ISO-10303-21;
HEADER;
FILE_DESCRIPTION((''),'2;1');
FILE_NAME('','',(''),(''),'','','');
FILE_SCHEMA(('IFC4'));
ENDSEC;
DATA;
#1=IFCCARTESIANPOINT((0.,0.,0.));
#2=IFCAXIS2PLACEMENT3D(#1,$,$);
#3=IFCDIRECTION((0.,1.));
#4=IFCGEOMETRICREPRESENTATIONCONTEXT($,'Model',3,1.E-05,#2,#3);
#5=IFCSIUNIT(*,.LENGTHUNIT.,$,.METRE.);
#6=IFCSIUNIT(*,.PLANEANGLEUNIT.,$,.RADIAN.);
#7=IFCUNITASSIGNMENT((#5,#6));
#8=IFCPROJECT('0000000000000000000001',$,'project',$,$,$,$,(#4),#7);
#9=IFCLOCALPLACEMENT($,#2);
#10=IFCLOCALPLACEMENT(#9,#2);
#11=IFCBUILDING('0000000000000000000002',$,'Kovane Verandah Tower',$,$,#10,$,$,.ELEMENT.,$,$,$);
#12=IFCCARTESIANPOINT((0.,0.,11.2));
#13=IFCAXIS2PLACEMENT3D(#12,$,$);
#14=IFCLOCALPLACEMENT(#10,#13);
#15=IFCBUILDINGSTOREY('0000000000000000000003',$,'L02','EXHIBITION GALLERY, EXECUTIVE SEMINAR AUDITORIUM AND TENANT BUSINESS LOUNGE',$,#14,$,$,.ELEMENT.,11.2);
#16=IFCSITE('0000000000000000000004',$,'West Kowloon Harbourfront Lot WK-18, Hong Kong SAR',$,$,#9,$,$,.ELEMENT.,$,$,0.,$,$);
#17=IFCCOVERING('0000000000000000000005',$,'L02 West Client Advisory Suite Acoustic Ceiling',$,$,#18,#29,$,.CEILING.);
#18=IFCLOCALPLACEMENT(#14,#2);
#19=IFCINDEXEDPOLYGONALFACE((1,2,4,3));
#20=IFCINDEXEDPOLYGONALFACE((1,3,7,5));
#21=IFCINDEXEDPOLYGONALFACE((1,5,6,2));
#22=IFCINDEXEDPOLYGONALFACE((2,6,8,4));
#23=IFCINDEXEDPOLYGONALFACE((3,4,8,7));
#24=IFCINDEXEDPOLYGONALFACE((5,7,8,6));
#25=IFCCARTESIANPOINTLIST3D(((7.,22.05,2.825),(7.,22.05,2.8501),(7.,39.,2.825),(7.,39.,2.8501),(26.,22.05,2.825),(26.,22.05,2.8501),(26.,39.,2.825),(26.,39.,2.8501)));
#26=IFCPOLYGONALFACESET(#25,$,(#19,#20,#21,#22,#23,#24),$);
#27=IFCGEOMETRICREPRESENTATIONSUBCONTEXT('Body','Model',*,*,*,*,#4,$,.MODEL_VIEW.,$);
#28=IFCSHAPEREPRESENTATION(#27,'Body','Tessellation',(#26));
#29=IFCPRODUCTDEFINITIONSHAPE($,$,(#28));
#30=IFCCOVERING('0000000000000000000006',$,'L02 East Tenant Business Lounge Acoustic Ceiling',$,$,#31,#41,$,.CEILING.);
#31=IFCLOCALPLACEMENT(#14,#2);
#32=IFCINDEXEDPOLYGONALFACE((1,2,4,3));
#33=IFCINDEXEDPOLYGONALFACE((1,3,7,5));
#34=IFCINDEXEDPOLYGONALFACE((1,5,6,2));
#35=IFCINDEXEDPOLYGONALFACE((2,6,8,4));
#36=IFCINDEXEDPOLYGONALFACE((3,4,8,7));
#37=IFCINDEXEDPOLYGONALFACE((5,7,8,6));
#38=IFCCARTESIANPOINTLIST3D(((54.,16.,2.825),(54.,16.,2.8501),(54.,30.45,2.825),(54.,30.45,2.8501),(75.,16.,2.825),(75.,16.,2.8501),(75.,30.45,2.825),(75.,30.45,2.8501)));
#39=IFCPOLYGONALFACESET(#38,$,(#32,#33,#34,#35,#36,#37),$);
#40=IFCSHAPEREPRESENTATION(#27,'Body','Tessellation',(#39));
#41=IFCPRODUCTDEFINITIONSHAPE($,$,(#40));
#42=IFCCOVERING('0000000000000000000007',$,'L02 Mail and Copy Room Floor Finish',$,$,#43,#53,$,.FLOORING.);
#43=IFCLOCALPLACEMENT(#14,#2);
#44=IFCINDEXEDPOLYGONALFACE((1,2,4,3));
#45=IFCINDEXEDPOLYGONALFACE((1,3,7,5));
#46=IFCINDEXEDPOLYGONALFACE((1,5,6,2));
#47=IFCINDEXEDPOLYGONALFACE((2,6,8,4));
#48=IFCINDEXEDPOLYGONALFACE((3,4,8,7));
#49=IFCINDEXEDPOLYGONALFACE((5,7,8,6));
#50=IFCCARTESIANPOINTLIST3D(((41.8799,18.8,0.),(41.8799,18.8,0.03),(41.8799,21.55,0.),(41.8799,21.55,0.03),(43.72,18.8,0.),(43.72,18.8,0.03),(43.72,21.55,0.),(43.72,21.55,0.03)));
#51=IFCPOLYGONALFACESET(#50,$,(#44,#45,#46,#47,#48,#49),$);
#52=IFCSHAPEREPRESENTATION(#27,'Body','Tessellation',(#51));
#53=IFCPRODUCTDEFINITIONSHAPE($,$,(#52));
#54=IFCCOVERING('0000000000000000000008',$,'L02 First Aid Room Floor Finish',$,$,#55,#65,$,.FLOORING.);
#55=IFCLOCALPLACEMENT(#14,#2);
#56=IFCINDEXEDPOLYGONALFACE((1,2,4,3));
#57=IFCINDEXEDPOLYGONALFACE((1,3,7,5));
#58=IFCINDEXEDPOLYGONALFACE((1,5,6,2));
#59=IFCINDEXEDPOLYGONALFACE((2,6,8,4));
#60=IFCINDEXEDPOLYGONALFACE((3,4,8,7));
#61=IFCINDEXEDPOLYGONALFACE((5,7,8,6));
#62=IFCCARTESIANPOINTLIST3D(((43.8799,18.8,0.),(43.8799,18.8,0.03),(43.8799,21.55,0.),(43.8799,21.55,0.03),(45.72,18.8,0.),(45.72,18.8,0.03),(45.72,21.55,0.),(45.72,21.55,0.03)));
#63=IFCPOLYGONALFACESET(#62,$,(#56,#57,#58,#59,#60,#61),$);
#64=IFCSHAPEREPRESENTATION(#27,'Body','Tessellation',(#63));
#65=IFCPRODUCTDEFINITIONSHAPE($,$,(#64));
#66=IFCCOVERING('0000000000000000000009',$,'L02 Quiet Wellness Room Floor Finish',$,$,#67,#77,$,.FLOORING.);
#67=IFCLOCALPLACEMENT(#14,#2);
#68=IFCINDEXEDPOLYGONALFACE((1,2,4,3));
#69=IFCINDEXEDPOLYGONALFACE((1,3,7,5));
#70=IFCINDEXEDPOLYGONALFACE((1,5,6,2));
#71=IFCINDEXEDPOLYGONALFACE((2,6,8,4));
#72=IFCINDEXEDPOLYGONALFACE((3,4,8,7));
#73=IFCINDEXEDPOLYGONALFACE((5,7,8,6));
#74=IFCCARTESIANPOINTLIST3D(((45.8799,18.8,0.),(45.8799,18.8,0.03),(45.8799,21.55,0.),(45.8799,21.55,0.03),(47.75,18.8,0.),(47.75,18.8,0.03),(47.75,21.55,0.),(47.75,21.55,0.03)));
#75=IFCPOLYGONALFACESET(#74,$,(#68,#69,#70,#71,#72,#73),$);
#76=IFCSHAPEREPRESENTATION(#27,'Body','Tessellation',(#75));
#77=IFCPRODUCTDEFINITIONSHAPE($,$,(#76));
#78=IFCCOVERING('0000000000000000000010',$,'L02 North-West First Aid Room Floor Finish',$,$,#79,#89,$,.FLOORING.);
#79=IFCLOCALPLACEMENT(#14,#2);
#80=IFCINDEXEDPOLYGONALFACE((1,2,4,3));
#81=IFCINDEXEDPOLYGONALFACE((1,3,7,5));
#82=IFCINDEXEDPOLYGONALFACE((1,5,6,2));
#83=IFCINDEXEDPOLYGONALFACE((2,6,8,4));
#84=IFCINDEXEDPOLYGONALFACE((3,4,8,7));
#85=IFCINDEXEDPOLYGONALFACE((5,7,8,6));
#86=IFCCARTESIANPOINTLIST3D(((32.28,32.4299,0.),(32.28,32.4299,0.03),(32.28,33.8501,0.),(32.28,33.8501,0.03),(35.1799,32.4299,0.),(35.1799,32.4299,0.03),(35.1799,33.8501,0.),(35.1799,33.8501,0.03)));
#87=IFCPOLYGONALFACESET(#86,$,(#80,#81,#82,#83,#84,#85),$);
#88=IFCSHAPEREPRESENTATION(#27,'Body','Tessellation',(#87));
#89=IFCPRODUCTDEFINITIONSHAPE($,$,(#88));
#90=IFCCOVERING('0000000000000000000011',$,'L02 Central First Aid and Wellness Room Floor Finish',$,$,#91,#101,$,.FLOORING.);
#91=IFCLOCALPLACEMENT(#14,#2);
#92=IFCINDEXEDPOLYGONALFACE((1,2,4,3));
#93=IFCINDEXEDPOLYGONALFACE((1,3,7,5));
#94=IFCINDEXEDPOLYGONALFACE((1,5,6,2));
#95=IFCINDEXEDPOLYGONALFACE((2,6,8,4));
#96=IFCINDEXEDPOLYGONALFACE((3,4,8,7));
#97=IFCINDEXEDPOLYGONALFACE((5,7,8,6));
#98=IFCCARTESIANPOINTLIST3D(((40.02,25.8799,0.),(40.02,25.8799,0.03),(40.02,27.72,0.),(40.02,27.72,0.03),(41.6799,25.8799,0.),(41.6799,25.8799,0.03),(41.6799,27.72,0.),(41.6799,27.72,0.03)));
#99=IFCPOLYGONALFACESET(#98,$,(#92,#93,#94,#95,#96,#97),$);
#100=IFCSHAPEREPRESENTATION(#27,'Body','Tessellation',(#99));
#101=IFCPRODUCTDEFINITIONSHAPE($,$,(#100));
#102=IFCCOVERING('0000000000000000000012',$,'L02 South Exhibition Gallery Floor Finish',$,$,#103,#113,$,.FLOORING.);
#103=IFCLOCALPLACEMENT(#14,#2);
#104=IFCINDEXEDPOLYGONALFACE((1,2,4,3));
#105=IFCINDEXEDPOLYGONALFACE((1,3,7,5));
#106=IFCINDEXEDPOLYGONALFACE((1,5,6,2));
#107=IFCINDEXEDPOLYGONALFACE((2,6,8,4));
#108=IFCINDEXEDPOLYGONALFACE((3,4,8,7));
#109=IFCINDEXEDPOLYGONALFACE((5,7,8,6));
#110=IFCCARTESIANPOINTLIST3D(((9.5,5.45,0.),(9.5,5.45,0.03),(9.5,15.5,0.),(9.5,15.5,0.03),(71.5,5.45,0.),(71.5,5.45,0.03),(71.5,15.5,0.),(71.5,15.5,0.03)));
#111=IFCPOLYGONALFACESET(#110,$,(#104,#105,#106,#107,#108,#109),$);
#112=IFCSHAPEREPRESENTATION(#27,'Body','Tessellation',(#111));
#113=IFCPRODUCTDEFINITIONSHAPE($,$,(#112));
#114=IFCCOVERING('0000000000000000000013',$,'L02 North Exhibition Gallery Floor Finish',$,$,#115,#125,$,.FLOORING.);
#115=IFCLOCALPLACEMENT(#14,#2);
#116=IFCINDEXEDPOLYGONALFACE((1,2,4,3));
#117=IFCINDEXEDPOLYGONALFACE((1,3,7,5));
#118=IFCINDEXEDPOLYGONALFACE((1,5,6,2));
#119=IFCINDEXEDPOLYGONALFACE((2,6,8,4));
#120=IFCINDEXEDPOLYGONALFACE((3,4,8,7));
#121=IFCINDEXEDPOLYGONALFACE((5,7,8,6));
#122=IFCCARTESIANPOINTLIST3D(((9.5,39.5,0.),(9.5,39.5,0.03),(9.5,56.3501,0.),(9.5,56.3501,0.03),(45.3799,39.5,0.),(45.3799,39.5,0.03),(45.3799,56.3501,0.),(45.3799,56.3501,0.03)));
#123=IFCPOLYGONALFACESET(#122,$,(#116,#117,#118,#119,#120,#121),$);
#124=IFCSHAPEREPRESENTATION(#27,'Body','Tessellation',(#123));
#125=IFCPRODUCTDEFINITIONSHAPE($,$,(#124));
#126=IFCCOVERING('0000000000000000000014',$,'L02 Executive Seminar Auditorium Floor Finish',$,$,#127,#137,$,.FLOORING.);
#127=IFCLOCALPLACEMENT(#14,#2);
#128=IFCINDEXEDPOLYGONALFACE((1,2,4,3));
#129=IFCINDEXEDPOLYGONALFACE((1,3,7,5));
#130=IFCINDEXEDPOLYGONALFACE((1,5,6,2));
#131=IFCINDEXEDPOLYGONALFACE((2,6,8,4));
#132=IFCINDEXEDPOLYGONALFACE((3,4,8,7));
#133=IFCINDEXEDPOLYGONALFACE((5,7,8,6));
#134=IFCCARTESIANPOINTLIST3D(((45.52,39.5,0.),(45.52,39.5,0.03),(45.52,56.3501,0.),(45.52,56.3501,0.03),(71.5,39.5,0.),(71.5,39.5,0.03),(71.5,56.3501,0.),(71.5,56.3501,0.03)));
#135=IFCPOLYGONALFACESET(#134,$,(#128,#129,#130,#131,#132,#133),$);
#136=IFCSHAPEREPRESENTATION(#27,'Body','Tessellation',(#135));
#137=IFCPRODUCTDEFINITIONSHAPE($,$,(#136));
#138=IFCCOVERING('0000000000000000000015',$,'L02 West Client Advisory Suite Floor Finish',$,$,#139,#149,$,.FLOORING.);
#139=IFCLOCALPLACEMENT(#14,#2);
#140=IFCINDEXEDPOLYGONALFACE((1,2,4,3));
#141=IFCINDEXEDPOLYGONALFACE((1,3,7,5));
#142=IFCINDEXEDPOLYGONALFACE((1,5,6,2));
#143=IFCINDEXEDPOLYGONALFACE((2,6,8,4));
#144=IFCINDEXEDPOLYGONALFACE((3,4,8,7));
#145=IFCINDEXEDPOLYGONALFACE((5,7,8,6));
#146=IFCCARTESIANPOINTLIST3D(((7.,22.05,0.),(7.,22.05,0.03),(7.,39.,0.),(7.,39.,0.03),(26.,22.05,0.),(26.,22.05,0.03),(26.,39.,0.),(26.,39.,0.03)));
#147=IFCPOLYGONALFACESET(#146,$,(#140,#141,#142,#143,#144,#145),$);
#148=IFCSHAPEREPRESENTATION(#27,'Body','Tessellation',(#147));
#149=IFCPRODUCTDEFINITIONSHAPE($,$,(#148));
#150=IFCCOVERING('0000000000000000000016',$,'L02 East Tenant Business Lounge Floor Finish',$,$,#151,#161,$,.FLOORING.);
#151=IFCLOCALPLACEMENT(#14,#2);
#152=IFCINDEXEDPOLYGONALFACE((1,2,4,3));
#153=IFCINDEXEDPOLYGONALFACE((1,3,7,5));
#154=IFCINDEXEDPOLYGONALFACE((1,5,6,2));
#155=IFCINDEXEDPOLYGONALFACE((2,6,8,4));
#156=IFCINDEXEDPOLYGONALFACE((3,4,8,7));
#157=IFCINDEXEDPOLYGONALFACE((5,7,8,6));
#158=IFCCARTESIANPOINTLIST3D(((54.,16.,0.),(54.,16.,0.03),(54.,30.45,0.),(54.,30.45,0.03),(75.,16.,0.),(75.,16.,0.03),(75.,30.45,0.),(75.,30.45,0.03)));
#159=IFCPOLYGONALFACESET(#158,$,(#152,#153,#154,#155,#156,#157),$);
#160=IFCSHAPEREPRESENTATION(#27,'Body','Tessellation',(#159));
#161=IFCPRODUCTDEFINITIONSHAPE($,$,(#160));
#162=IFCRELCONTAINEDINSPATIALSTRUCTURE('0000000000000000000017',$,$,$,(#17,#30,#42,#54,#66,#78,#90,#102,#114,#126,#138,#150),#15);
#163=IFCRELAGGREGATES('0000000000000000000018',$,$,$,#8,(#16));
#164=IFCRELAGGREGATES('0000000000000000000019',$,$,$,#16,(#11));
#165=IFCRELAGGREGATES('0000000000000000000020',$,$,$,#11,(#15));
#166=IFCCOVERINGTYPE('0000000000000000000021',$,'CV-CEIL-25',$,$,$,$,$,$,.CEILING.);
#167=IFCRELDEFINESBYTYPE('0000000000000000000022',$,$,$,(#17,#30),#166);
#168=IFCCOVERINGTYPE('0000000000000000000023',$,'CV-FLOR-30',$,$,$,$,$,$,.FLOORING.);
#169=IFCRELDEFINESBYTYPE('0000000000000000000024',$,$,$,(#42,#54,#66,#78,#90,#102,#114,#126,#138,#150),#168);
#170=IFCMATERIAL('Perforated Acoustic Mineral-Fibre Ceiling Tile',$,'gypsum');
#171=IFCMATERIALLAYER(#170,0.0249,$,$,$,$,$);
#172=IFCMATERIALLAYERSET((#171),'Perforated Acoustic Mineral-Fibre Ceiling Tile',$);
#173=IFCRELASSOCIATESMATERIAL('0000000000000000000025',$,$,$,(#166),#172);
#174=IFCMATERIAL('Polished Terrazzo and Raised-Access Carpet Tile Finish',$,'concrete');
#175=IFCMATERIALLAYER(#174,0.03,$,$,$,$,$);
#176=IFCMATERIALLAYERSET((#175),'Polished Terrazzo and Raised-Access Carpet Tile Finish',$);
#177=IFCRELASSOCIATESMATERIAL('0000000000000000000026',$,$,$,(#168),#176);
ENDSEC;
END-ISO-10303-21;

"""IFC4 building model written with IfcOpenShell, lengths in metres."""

from ifc_helpers import new_model, si_unit, direction, frame, origin, place, context, subcontext, project, spatial, polyline, outline, extrude, material, layer, layer_set, type_object, element, save


model = new_model("IFC4")

# Units and contexts
model_context = context("Model", 3, precision=1e-05, world=origin(), true_north=direction((0.0, 1.0)))
body_context = subcontext(model_context, "Body", "Model", "MODEL_VIEW")
ifc_project = project(units=[si_unit("LENGTHUNIT", "METRE"), si_unit("PLANEANGLEUNIT", "RADIAN")], contexts=[model_context])

# Site, building, storey
site_placement = place(None, origin())
site = spatial("IfcSite", under=ifc_project, at=site_placement, Name="West Kowloon Harbourfront Lot WK-18, Hong Kong SAR", CompositionType="ELEMENT", RefElevation=0.0)
building_placement = place(site_placement, origin())
building = spatial("IfcBuilding", under=site, at=building_placement, Name="Kovane Verandah Tower", CompositionType="ELEMENT")
storey_placement = place(building_placement, frame((0.0, 0.0, 11.2)))
storey = spatial("IfcBuildingStorey", under=building, at=storey_placement, Name="L02", Description="EXHIBITION GALLERY, EXECUTIVE SEMINAR AUDITORIUM AND TENANT BUSINESS LOUNGE", CompositionType="ELEMENT", Elevation=11.2)

# Coverings
ifc_material_1 = material(Name="Perforated Acoustic Mineral-Fibre Ceiling Tile", Category="gypsum")
ifc_layer_1 = layer(ifc_material_1, 0.0249)
ifc_layer_set_1 = layer_set([ifc_layer_1], Name="Perforated Acoustic Mineral-Fibre Ceiling Tile")
covering_type_1 = type_object("IfcCoveringType", Name="CV-CEIL-25", PredefinedType="CEILING", material=ifc_layer_set_1)
covering_1_placement = place(storey_placement, frame((0.0, 0.0, 2.825)))
element("IfcCovering", 1, at=covering_1_placement, inside=storey, type_object=covering_type_1, Name="L02 West Client Advisory Suite Acoustic Ceiling", PredefinedType="CEILING", context=body_context, shape_type="SweptSolid", body=[
    extrude(outline(polyline([(7.0, 22.05), (26.0, 22.05), (26.0, 39.0), (7.0, 39.0), (7.0, 22.05)])), origin(), (0.0, 0.0, 1.0), 0.0251),
])
covering_2_placement = place(storey_placement, frame((0.0, 0.0, 2.825)))
element("IfcCovering", 2, at=covering_2_placement, inside=storey, type_object=covering_type_1, Name="L02 East Tenant Business Lounge Acoustic Ceiling", PredefinedType="CEILING", context=body_context, shape_type="SweptSolid", body=[
    extrude(outline(polyline([(54.0, 16.0), (75.0, 16.0), (75.0, 30.45), (54.0, 30.45), (54.0, 16.0)])), origin(), (0.0, 0.0, 1.0), 0.0251),
])
ifc_material_2 = material(Name="Polished Terrazzo and Raised-Access Carpet Tile Finish", Category="concrete")
ifc_layer_2 = layer(ifc_material_2, 0.03)
ifc_layer_set_2 = layer_set([ifc_layer_2], Name="Polished Terrazzo and Raised-Access Carpet Tile Finish")
covering_type_2 = type_object("IfcCoveringType", Name="CV-FLOR-30", PredefinedType="FLOORING", material=ifc_layer_set_2)
covering_3_placement = place(storey_placement, origin())
element("IfcCovering", 3, at=covering_3_placement, inside=storey, type_object=covering_type_2, Name="L02 Mail and Copy Room Floor Finish", PredefinedType="FLOORING", context=body_context, shape_type="SweptSolid", body=[
    extrude(outline(polyline([(41.8799, 18.8), (43.72, 18.8), (43.72, 21.55), (41.8799, 21.55), (41.8799, 18.8)])), origin(), (0.0, 0.0, 1.0), 0.03),
])
covering_4_placement = place(storey_placement, origin())
element("IfcCovering", 4, at=covering_4_placement, inside=storey, type_object=covering_type_2, Name="L02 First Aid Room Floor Finish", PredefinedType="FLOORING", context=body_context, shape_type="SweptSolid", body=[
    extrude(outline(polyline([(43.8799, 18.8), (45.72, 18.8), (45.72, 21.55), (43.8799, 21.55), (43.8799, 18.8)])), origin(), (0.0, 0.0, 1.0), 0.03),
])
covering_5_placement = place(storey_placement, origin())
element("IfcCovering", 5, at=covering_5_placement, inside=storey, type_object=covering_type_2, Name="L02 Quiet Wellness Room Floor Finish", PredefinedType="FLOORING", context=body_context, shape_type="SweptSolid", body=[
    extrude(outline(polyline([(45.8799, 18.8), (47.75, 18.8), (47.75, 21.55), (45.8799, 21.55), (45.8799, 18.8)])), origin(), (0.0, 0.0, 1.0), 0.03),
])
covering_6_placement = place(storey_placement, origin())
element("IfcCovering", 6, at=covering_6_placement, inside=storey, type_object=covering_type_2, Name="L02 North-West First Aid Room Floor Finish", PredefinedType="FLOORING", context=body_context, shape_type="SweptSolid", body=[
    extrude(outline(polyline([(32.28, 32.4299), (35.1799, 32.4299), (35.1799, 33.8501), (32.28, 33.8501), (32.28, 32.4299)])), origin(), (0.0, 0.0, 1.0), 0.03),
])
covering_7_placement = place(storey_placement, origin())
element("IfcCovering", 7, at=covering_7_placement, inside=storey, type_object=covering_type_2, Name="L02 Central First Aid and Wellness Room Floor Finish", PredefinedType="FLOORING", context=body_context, shape_type="SweptSolid", body=[
    extrude(outline(polyline([(40.02, 25.8799), (41.6799, 25.8799), (41.6799, 27.72), (40.02, 27.72), (40.02, 25.8799)])), origin(), (0.0, 0.0, 1.0), 0.03),
])
covering_8_placement = place(storey_placement, origin())
element("IfcCovering", 8, at=covering_8_placement, inside=storey, type_object=covering_type_2, Name="L02 South Exhibition Gallery Floor Finish", PredefinedType="FLOORING", context=body_context, shape_type="SweptSolid", body=[
    extrude(outline(polyline([(9.5, 5.45), (71.5, 5.45), (71.5, 15.5), (9.5, 15.5), (9.5, 5.45)])), origin(), (0.0, 0.0, 1.0), 0.03),
])
covering_9_placement = place(storey_placement, origin())
element("IfcCovering", 9, at=covering_9_placement, inside=storey, type_object=covering_type_2, Name="L02 North Exhibition Gallery Floor Finish", PredefinedType="FLOORING", context=body_context, shape_type="SweptSolid", body=[
    extrude(outline(polyline([(9.5, 39.5), (45.3799, 39.5), (45.3799, 56.3501), (9.5, 56.3501), (9.5, 39.5)])), origin(), (0.0, 0.0, 1.0), 0.03),
])
covering_10_placement = place(storey_placement, origin())
element("IfcCovering", 10, at=covering_10_placement, inside=storey, type_object=covering_type_2, Name="L02 Executive Seminar Auditorium Floor Finish", PredefinedType="FLOORING", context=body_context, shape_type="SweptSolid", body=[
    extrude(outline(polyline([(45.52, 39.5), (71.5, 39.5), (71.5, 56.3501), (45.52, 56.3501), (45.52, 39.5)])), origin(), (0.0, 0.0, 1.0), 0.03),
])
covering_11_placement = place(storey_placement, origin())
element("IfcCovering", 11, at=covering_11_placement, inside=storey, type_object=covering_type_2, Name="L02 West Client Advisory Suite Floor Finish", PredefinedType="FLOORING", context=body_context, shape_type="SweptSolid", body=[
    extrude(outline(polyline([(7.0, 22.05), (26.0, 22.05), (26.0, 39.0), (7.0, 39.0), (7.0, 22.05)])), origin(), (0.0, 0.0, 1.0), 0.03),
])
covering_12_placement = place(storey_placement, origin())
element("IfcCovering", 12, at=covering_12_placement, inside=storey, type_object=covering_type_2, Name="L02 East Tenant Business Lounge Floor Finish", PredefinedType="FLOORING", context=body_context, shape_type="SweptSolid", body=[
    extrude(outline(polyline([(54.0, 16.0), (75.0, 16.0), (75.0, 30.45), (54.0, 30.45), (54.0, 16.0)])), origin(), (0.0, 0.0, 1.0), 0.03),
])

save(model, "model.ifc")
